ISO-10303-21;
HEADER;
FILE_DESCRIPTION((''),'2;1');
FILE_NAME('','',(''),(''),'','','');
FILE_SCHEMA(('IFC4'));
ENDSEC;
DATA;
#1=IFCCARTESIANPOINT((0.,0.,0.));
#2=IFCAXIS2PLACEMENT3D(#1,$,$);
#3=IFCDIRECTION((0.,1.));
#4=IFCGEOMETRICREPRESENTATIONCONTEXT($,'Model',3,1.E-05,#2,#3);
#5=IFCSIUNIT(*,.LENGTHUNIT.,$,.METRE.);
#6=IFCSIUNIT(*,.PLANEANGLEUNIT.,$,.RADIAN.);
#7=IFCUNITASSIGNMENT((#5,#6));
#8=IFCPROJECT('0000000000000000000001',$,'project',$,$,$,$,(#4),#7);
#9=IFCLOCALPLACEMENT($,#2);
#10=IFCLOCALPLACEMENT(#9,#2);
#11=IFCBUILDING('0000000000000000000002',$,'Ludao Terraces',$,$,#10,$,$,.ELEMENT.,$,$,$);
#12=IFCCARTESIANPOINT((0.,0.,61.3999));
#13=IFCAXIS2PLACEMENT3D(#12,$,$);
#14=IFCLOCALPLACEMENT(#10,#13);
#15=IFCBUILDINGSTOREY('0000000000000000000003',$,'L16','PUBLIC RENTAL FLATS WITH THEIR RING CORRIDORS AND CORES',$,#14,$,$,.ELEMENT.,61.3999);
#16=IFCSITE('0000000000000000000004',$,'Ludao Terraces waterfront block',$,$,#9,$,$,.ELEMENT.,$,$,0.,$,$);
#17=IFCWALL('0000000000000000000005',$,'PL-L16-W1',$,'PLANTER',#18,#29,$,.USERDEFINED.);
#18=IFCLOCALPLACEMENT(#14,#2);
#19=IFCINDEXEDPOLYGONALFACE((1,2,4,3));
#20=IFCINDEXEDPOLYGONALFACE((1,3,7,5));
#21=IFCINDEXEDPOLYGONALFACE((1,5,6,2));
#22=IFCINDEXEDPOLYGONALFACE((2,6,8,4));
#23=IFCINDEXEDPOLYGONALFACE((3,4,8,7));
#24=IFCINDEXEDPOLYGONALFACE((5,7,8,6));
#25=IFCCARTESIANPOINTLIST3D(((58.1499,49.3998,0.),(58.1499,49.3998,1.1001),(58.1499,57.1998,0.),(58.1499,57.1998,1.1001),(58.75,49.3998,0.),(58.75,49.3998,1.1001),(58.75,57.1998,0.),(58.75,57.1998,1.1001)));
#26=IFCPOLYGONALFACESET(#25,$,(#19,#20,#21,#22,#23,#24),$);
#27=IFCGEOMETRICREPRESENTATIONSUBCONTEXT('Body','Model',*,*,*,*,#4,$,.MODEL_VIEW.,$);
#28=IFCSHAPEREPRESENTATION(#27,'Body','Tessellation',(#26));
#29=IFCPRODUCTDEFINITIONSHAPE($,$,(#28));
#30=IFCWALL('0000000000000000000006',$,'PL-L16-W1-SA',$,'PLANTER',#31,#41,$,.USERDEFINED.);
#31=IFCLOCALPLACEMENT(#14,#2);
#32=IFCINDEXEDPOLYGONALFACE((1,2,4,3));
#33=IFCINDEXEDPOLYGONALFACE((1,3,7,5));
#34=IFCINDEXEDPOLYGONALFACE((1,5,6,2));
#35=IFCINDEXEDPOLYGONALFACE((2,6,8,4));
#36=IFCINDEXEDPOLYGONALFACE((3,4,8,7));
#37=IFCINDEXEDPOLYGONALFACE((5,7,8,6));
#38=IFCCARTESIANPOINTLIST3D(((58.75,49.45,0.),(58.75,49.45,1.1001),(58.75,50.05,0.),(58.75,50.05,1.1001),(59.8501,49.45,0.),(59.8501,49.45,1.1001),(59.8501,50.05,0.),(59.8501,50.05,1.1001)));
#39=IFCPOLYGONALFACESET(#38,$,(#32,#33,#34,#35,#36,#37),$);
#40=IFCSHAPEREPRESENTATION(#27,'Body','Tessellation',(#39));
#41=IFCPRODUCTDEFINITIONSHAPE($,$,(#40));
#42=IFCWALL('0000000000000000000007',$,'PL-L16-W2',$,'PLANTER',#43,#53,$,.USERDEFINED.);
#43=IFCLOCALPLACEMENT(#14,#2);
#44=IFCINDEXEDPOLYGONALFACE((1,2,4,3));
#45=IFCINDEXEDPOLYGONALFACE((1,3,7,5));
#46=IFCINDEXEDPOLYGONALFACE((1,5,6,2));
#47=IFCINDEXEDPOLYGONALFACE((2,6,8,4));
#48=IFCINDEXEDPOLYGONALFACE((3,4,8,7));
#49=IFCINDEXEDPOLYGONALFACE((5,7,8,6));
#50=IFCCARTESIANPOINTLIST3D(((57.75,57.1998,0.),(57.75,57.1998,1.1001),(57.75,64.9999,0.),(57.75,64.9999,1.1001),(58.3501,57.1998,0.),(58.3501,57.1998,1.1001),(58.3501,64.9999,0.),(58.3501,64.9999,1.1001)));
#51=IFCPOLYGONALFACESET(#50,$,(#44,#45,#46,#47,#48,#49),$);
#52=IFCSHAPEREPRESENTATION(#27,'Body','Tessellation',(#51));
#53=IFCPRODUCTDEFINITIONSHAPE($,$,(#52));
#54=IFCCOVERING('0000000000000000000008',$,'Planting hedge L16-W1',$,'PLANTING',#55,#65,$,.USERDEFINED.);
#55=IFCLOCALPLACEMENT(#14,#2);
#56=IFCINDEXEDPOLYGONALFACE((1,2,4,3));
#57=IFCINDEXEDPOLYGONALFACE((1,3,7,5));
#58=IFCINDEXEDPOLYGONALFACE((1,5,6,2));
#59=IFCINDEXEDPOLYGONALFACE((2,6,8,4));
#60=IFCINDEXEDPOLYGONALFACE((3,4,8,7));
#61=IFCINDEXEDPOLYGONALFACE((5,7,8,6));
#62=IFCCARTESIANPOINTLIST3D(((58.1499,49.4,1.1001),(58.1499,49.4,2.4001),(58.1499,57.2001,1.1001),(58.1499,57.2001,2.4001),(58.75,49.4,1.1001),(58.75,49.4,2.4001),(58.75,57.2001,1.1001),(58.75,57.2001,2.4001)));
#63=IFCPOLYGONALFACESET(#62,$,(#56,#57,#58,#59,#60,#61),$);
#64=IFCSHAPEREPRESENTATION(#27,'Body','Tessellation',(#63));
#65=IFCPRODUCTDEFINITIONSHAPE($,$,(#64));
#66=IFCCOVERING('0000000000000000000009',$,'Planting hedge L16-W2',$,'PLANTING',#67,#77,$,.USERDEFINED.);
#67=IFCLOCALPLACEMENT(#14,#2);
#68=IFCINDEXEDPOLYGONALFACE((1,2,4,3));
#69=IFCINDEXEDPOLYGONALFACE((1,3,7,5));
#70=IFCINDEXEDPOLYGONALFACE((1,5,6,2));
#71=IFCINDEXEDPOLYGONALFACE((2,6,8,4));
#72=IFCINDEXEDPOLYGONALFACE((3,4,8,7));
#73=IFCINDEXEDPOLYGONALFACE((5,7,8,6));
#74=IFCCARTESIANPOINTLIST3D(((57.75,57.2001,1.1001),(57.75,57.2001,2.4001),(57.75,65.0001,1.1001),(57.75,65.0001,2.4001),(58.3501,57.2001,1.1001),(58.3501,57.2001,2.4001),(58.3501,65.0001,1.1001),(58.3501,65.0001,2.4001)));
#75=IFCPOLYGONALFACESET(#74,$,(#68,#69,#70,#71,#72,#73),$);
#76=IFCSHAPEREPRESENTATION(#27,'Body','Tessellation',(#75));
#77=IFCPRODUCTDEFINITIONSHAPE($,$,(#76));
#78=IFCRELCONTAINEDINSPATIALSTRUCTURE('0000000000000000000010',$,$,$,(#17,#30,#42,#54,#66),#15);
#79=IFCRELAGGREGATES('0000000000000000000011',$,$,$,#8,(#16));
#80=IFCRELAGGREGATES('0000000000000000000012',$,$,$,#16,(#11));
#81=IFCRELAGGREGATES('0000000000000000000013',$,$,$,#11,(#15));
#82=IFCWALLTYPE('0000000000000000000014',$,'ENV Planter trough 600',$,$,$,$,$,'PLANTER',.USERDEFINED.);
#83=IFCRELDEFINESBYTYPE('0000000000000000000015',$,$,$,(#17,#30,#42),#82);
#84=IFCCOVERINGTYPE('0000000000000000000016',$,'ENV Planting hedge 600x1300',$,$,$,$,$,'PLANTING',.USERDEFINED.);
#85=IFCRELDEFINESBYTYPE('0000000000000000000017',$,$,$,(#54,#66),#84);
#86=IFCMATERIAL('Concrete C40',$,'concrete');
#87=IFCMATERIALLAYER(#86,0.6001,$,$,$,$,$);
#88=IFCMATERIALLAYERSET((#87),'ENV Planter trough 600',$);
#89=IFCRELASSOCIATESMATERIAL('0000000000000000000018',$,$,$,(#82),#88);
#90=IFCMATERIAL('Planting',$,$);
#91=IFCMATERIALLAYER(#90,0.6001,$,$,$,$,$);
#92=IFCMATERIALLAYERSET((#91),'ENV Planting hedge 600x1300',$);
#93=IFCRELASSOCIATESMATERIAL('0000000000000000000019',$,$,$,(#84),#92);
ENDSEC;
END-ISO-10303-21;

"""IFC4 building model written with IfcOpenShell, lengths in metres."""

from ifc_helpers import new_model, si_unit, direction, frame, frame_2d, origin, origin_2d, place, context, subcontext, project, spatial, rectangle, extrude, material, layer, layer_set, type_object, element, save


model = new_model("IFC4")

# Units and contexts
model_context = context("Model", 3, precision=1e-05, world=origin(), true_north=direction((0.0, 1.0)))
body_context = subcontext(model_context, "Body", "Model", "MODEL_VIEW")
ifc_project = project(units=[si_unit("LENGTHUNIT", "METRE"), si_unit("PLANEANGLEUNIT", "RADIAN")], contexts=[model_context])

# Site, building, storey
site_placement = place(None, origin())
site = spatial("IfcSite", under=ifc_project, at=site_placement, Name="Ludao Terraces waterfront block", CompositionType="ELEMENT", RefElevation=0.0)
building_placement = place(site_placement, origin())
building = spatial("IfcBuilding", under=site, at=building_placement, Name="Ludao Terraces", CompositionType="ELEMENT")
storey_placement = place(building_placement, frame((0.0, 0.0, 61.3999)))
storey = spatial("IfcBuildingStorey", under=building, at=storey_placement, Name="L16", Description="PUBLIC RENTAL FLATS WITH THEIR RING CORRIDORS AND CORES", CompositionType="ELEMENT", Elevation=61.3999)

# Shared definitions
ifc_material_1 = material(Name="Concrete C40", Category="concrete")

# Walls
ifc_layer_1 = layer(ifc_material_1, 0.6001)
ifc_layer_set_1 = layer_set([ifc_layer_1], Name="ENV Planter trough 600")
wall_type = type_object("IfcWallType", Name="ENV Planter trough 600", ElementType="PLANTER", PredefinedType="USERDEFINED", material=ifc_layer_set_1)
wall_1_placement = place(storey_placement, frame((58.45, 49.3999, 0.0), z_axis=(0.0, 0.0, 1.0), x_axis=(0.0, 1.0, 0.0)))
element("IfcWall", 1, at=wall_1_placement, inside=storey, type_object=wall_type, Name="PL-L16-W1", ObjectType="PLANTER", PredefinedType="USERDEFINED", context=body_context, shape_type="SweptSolid", body=[
    extrude(rectangle(XDim=7.8, YDim=0.6001, at=frame_2d((3.8999, 0.0))), origin(), (0.0, 0.0, 1.0), 1.1001),
])
wall_2_placement = place(storey_placement, frame((58.75, 49.75, 0.0), z_axis=(0.0, 0.0, 1.0), x_axis=(1.0, 0.0, 0.0)))
element("IfcWall", 2, at=wall_2_placement, inside=storey, type_object=wall_type, Name="PL-L16-W1-SA", ObjectType="PLANTER", PredefinedType="USERDEFINED", context=body_context, shape_type="SweptSolid", body=[
    extrude(rectangle(XDim=1.1001, YDim=0.6001, at=frame_2d((0.55, 0.0))), origin(), (0.0, 0.0, 1.0), 1.1001),
])
wall_3_placement = place(storey_placement, frame((58.05, 57.2, 0.0), z_axis=(0.0, 0.0, 1.0), x_axis=(0.0, 1.0, 0.0)))
element("IfcWall", 3, at=wall_3_placement, inside=storey, type_object=wall_type, Name="PL-L16-W2", ObjectType="PLANTER", PredefinedType="USERDEFINED", context=body_context, shape_type="SweptSolid", body=[
    extrude(rectangle(XDim=7.8, YDim=0.6001, at=frame_2d((3.8999, 0.0))), origin(), (0.0, 0.0, 1.0), 1.1001),
])

# Coverings
ifc_material_2 = material(Name="Planting")
ifc_layer_2 = layer(ifc_material_2, 0.6001)
ifc_layer_set_2 = layer_set([ifc_layer_2], Name="ENV Planting hedge 600x1300")
covering_type = type_object("IfcCoveringType", Name="ENV Planting hedge 600x1300", ElementType="PLANTING", PredefinedType="USERDEFINED", material=ifc_layer_set_2)
for number, where, z_axis, x_axis, name in (
    (4, (58.45, 53.3, 1.1001), (0.0, 0.0, 1.0), (1.0, 0.0, 0.0), "Planting hedge L16-W1"),
    (5, (58.05, 61.1001, 1.1001), (0.0, 0.0, 1.0), (1.0, 0.0, 0.0), "Planting hedge L16-W2"),
):
    element("IfcCovering", number, at=place(storey_placement, frame(where, z_axis=z_axis, x_axis=x_axis)), inside=storey, type_object=covering_type, Name=name, ObjectType="PLANTING", PredefinedType="USERDEFINED", context=body_context, shape_type="SweptSolid", body=[
        extrude(rectangle(XDim=0.6001, YDim=7.8, at=origin_2d()), origin(), (0.0, 0.0, 1.0), 1.3),
    ])

save(model, "model.ifc")
